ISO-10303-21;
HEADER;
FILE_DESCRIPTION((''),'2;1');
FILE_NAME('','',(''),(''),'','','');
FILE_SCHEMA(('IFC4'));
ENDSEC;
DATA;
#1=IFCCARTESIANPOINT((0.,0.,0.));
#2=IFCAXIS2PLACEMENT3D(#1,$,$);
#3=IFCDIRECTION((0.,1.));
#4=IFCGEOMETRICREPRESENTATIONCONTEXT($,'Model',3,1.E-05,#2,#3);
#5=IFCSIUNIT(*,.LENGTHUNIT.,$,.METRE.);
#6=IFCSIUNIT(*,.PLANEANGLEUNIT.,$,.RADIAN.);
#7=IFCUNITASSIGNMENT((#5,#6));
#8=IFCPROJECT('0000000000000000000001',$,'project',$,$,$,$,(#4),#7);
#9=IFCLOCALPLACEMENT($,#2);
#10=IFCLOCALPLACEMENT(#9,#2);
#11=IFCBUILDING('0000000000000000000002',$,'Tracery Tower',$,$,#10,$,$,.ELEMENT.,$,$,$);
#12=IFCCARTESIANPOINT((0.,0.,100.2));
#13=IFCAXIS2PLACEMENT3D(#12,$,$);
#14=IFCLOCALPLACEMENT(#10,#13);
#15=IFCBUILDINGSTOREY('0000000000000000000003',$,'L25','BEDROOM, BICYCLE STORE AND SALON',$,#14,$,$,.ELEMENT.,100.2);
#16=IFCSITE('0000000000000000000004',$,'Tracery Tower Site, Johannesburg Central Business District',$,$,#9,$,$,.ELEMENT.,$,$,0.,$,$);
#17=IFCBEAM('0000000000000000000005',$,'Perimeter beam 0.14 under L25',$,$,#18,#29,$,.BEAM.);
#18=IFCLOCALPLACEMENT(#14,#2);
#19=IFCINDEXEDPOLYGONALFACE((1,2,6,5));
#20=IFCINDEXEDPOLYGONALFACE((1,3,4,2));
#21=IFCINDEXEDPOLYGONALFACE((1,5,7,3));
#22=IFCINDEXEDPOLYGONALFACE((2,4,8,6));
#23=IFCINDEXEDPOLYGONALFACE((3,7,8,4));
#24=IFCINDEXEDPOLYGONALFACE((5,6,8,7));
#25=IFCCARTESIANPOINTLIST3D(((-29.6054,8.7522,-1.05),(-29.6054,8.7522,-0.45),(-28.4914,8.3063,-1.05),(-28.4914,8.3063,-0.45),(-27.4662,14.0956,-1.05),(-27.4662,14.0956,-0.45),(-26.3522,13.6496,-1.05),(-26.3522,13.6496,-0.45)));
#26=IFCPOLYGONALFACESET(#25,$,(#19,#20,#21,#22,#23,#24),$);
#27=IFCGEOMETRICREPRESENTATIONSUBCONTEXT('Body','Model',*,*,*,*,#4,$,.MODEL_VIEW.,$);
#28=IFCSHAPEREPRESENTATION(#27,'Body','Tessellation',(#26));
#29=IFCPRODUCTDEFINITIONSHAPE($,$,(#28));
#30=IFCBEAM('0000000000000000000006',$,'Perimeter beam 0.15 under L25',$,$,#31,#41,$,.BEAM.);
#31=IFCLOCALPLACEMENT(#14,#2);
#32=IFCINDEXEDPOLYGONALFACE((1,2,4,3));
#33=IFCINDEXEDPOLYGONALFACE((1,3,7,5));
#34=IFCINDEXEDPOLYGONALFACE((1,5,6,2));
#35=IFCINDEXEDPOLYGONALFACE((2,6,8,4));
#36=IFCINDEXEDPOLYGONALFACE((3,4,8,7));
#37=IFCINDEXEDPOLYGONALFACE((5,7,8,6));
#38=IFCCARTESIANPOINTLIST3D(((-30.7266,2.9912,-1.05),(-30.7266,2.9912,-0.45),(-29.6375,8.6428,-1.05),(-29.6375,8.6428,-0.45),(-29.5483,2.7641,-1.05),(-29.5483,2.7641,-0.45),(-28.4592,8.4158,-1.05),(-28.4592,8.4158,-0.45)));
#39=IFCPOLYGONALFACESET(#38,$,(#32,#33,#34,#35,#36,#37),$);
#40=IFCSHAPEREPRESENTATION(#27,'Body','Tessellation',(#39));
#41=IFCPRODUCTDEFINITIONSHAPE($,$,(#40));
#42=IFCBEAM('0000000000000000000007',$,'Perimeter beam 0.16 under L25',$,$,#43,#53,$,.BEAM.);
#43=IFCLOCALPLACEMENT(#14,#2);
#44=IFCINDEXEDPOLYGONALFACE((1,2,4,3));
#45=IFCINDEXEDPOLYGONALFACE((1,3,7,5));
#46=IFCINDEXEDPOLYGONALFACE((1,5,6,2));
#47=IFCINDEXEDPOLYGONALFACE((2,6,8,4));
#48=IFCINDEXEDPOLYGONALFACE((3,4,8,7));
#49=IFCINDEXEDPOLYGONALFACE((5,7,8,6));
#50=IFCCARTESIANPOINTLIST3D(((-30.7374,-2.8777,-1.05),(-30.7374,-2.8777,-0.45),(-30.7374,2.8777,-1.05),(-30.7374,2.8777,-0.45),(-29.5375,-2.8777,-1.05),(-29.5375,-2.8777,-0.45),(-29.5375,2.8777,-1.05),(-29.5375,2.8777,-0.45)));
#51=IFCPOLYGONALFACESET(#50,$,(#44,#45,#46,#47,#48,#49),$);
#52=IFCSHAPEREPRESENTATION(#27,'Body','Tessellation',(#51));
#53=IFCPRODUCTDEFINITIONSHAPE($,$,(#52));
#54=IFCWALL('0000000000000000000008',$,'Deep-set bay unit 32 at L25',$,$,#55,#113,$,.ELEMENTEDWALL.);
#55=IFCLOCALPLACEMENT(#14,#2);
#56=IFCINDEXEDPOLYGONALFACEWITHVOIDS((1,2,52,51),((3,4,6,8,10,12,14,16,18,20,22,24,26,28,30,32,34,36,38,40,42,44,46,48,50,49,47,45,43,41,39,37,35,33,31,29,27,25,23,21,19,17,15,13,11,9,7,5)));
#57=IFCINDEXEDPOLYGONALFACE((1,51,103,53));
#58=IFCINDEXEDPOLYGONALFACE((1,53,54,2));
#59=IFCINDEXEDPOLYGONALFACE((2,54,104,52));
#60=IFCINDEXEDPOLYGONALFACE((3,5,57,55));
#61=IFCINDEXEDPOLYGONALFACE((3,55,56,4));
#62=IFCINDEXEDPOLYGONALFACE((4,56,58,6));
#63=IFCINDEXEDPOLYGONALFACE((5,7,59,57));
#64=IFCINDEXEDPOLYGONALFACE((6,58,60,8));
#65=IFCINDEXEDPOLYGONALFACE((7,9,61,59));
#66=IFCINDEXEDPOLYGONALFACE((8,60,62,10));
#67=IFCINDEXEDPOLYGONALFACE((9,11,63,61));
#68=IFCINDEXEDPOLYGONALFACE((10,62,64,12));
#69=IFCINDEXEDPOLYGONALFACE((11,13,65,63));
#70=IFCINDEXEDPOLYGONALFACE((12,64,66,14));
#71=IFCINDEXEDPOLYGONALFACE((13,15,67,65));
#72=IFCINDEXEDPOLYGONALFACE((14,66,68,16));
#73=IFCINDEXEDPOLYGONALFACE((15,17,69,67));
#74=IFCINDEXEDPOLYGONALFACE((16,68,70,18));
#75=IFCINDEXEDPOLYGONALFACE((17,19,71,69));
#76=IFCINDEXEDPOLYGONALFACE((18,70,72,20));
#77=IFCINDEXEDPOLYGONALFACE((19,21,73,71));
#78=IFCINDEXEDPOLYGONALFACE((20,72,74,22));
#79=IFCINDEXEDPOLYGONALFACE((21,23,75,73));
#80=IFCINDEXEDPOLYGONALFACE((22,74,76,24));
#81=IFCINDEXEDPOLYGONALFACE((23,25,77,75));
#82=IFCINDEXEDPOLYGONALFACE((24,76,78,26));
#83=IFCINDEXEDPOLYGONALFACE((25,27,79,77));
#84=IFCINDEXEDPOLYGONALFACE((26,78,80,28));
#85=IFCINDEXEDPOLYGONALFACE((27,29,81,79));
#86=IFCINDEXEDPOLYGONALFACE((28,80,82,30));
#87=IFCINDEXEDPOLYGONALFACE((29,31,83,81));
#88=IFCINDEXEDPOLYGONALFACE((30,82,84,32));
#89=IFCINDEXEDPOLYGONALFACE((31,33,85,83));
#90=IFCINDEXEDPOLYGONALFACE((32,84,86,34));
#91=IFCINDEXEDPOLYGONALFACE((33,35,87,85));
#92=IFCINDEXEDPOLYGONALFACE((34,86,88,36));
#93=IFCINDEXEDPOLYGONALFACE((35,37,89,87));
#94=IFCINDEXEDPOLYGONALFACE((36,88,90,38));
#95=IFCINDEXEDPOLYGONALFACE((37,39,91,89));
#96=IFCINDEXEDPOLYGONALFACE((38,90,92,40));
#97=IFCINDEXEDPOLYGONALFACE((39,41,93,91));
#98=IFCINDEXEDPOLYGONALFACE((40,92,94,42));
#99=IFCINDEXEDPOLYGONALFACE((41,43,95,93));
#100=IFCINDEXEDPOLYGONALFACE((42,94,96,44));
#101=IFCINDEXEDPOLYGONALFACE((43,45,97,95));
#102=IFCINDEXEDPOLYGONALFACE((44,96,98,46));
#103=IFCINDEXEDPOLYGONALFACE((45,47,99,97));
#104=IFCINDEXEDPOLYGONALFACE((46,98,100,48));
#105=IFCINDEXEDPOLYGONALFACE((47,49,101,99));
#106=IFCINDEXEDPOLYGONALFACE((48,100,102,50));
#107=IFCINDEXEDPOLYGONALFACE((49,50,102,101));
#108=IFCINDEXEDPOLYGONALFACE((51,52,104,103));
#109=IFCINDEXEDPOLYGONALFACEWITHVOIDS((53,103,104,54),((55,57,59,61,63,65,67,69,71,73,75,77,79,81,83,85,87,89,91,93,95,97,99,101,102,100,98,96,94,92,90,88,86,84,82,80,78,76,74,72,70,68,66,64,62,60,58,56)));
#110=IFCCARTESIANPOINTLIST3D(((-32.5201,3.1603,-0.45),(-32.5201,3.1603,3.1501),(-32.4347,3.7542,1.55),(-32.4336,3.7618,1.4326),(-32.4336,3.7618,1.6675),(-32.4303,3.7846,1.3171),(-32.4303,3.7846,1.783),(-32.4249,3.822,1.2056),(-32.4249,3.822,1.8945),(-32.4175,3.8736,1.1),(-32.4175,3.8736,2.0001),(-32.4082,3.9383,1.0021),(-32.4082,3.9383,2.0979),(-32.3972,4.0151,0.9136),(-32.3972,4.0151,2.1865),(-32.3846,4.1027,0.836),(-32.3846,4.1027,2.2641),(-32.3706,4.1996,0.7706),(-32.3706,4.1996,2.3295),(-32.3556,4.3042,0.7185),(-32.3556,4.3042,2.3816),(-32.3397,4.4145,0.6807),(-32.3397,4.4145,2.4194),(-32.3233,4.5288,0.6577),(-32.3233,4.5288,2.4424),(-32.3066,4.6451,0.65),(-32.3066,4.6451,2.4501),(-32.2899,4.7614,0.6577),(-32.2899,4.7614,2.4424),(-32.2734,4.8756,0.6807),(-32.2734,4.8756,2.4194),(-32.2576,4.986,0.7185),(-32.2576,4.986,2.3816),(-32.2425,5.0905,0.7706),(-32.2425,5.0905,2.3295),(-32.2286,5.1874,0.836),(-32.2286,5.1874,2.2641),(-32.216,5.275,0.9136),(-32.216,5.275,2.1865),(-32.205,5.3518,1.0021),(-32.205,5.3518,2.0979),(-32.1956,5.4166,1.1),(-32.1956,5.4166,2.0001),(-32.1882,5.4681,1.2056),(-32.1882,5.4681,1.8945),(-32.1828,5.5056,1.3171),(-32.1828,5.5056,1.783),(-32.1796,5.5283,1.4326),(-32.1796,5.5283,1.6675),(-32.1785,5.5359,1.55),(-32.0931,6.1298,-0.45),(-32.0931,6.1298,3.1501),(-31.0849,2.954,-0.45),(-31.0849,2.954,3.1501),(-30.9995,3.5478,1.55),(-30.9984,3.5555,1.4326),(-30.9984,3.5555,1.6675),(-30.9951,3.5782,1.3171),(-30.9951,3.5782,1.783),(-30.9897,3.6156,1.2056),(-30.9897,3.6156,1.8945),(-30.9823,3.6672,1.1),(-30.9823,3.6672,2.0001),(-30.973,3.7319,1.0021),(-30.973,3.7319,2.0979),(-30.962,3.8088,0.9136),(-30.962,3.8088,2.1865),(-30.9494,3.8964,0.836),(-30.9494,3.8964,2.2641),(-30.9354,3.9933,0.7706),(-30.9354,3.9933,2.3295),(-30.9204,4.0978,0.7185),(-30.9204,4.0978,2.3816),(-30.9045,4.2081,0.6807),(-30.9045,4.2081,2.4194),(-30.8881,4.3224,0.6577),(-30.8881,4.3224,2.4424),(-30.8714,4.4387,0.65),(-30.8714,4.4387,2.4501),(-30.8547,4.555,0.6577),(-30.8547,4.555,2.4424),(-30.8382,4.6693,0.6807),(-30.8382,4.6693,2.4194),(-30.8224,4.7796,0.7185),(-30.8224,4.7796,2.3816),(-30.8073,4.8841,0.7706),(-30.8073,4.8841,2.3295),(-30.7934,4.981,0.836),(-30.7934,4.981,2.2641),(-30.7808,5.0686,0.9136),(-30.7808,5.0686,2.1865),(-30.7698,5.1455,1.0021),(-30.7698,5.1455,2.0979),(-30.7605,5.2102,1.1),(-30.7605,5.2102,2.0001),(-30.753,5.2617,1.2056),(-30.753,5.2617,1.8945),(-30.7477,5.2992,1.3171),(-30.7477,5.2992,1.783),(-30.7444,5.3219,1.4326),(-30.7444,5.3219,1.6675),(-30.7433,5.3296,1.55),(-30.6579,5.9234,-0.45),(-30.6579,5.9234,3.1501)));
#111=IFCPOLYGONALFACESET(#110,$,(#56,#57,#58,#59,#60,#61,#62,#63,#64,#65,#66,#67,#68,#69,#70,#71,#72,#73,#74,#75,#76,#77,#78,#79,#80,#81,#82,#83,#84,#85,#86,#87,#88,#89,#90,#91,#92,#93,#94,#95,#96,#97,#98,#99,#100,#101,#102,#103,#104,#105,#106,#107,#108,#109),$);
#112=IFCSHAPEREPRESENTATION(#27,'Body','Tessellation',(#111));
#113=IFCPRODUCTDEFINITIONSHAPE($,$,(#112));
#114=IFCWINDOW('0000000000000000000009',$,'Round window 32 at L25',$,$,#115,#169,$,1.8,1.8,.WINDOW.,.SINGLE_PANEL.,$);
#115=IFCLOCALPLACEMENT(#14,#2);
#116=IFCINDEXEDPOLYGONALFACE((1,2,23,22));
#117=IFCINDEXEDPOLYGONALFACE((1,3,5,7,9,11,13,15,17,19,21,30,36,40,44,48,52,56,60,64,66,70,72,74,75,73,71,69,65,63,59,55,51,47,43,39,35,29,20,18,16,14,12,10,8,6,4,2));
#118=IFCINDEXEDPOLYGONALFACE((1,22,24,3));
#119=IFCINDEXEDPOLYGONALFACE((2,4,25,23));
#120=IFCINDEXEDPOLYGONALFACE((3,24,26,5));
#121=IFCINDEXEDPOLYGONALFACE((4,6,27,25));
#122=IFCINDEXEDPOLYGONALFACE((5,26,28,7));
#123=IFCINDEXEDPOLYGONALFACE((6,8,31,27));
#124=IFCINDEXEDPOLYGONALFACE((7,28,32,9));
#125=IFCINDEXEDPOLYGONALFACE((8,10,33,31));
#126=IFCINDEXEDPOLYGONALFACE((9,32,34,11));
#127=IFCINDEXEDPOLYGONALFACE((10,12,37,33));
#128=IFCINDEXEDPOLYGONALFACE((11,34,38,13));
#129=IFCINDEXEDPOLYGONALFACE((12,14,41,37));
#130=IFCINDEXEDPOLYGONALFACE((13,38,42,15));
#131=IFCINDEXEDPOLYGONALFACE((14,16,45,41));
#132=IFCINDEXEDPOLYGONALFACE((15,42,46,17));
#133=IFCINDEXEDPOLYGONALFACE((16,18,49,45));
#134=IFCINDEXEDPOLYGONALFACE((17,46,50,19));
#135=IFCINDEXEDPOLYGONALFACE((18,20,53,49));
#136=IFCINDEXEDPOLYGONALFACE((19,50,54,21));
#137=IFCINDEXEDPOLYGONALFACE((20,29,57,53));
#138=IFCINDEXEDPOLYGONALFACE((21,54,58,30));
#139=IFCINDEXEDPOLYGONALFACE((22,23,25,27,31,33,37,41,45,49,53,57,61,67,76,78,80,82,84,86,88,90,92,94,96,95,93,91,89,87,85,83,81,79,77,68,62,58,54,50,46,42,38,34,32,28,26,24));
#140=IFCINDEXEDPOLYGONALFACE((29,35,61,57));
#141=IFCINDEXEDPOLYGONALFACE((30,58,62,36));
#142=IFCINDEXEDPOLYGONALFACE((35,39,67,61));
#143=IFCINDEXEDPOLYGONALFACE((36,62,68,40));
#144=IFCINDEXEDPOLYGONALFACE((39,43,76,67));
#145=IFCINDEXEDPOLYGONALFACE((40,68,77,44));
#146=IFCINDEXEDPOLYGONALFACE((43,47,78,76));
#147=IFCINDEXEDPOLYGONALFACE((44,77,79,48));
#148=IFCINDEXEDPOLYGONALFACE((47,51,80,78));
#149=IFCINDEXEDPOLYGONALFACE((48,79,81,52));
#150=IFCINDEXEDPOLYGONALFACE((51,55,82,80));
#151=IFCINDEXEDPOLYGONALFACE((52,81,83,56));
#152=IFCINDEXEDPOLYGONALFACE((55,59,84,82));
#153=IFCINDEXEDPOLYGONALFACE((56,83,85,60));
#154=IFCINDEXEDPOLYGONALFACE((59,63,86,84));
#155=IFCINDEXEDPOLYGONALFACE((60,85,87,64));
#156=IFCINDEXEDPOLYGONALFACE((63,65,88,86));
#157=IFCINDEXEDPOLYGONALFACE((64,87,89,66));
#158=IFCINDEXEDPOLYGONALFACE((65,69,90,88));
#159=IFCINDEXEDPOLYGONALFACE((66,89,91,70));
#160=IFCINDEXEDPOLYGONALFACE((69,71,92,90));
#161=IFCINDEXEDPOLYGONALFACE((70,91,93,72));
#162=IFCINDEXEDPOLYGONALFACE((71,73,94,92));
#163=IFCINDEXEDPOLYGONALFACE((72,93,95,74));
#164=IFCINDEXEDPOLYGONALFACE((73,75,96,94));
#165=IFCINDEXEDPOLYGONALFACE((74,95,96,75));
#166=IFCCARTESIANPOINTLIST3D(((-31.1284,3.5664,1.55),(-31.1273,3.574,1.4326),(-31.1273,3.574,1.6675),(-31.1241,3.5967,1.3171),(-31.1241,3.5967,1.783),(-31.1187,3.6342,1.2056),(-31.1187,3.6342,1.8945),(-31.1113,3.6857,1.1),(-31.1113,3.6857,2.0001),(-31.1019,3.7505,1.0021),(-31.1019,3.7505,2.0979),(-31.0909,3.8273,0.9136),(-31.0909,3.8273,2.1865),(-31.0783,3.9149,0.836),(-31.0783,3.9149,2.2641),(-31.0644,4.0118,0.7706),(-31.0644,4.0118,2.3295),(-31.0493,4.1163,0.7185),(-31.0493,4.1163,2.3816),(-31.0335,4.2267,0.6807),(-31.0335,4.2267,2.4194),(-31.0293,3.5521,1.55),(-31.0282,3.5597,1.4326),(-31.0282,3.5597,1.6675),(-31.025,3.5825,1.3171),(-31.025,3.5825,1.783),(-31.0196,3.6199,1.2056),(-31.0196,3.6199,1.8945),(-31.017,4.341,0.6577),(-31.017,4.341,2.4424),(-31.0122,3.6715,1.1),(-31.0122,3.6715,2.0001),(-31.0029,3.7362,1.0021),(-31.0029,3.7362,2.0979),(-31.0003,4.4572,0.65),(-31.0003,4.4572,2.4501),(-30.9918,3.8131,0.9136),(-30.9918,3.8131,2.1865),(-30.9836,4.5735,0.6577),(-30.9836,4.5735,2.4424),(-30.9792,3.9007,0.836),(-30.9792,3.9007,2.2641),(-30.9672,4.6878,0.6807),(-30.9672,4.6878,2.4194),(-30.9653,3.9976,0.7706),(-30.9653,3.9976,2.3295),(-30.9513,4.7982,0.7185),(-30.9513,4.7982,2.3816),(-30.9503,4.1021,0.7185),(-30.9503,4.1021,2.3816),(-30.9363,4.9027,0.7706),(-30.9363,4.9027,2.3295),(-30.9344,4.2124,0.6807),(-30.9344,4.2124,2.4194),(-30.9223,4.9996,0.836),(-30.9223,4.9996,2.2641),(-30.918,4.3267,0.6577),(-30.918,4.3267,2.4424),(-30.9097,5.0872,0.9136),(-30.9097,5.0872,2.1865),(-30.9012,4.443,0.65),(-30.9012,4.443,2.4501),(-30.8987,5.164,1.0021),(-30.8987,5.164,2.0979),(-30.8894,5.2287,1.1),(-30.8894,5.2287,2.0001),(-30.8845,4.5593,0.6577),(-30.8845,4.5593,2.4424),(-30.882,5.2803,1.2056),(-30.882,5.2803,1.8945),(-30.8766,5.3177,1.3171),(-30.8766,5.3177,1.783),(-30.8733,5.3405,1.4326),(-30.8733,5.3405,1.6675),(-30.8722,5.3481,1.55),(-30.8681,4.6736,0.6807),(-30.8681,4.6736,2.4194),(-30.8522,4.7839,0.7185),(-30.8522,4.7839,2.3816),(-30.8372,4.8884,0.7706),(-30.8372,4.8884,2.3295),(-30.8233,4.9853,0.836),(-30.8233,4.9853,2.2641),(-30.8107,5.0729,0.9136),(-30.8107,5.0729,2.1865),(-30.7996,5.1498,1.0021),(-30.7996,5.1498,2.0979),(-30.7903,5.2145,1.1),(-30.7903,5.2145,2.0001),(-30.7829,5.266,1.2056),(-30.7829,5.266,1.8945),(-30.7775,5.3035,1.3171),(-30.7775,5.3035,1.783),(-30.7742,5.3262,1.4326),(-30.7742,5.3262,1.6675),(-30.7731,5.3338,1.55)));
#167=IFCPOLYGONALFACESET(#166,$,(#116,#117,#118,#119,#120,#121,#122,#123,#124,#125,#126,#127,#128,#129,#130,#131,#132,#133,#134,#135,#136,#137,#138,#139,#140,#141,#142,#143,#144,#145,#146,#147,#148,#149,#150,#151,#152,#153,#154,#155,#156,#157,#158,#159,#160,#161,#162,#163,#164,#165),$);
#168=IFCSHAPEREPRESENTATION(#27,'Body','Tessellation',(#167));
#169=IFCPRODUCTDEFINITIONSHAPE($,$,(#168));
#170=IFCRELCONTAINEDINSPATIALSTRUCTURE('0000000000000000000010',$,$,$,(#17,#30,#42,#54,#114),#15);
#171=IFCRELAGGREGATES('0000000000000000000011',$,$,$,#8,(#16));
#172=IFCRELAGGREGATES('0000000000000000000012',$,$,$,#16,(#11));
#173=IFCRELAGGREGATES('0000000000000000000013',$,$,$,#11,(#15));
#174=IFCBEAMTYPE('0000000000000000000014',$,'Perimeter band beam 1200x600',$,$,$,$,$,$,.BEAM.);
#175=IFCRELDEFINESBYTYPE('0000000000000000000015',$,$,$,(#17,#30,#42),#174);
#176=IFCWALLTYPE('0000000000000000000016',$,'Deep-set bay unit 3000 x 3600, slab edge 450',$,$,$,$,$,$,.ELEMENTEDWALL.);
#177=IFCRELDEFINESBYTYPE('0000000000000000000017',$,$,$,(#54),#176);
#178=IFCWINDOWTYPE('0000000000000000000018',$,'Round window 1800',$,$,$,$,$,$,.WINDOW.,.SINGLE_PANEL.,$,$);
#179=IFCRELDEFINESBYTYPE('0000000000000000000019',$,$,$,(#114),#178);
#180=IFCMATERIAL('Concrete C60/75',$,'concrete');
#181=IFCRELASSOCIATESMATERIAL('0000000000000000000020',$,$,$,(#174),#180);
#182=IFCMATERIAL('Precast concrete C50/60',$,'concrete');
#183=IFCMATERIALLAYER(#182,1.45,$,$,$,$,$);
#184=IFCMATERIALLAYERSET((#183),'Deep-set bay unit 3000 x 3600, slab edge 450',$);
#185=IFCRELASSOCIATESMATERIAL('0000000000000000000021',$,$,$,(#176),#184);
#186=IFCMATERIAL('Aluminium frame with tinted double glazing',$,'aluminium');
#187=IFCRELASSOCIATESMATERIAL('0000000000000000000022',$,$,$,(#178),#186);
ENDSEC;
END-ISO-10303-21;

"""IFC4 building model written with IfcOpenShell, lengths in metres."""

from ifc_helpers import new_model, si_unit, direction, frame, frame_2d, origin, origin_2d, place, context, subcontext, project, spatial, rectangle, circle, extrude, material, layer, layer_set, material_profile, profile_set, type_object, element, fill, save


model = new_model("IFC4")

# Units and contexts
model_context = context("Model", 3, precision=1e-05, world=origin(), true_north=direction((0.0, 1.0)))
body_context = subcontext(model_context, "Body", "Model", "MODEL_VIEW")
ifc_project = project(units=[si_unit("LENGTHUNIT", "METRE"), si_unit("PLANEANGLEUNIT", "RADIAN")], contexts=[model_context])

# Site, building, storey
site_placement = place(None, origin())
site = spatial("IfcSite", under=ifc_project, at=site_placement, Name="Tracery Tower Site, Johannesburg Central Business District", CompositionType="ELEMENT", RefElevation=0.0)
building_placement = place(site_placement, origin())
building = spatial("IfcBuilding", under=site, at=building_placement, Name="Tracery Tower", CompositionType="ELEMENT")
storey_placement = place(building_placement, frame((0.0, 0.0, 100.2)))
storey = spatial("IfcBuildingStorey", under=building, at=storey_placement, Name="L25", Description="BEDROOM, BICYCLE STORE AND SALON", CompositionType="ELEMENT", Elevation=100.2)

# Beams
ifc_material_1 = material(Name="Concrete C60/75", Category="concrete")
ifc_material_profile_1 = material_profile(ifc_material_1, rectangle(XDim=1.2, YDim=0.6001, at=origin_2d()), Name="RC 1200x600")
ifc_profile_set_1 = profile_set([ifc_material_profile_1], Name="Concrete C60/75")
beam_type_1 = type_object("IfcBeamType", Name="Perimeter band beam 1200x600", PredefinedType="BEAM", material=ifc_profile_set_1)
for number, where, z_axis, x_axis, name in (
    (1, (-26.9092, 13.8726, -0.75), (-0.371669, -0.928365, 0.0), (0.928365, -0.371669, 0.0), "Perimeter beam 0.14 under L25"),
    (2, (-29.0483, 8.5293, -0.75), (-0.189227, -0.981933, 0.0), (0.981933, -0.189227, 0.0), "Perimeter beam 0.15 under L25"),
):
    element("IfcBeam", number, at=place(storey_placement, frame(where, z_axis=z_axis, x_axis=x_axis)), inside=storey, type_object=beam_type_1, Name=name, PredefinedType="BEAM", context=body_context, shape_type="SweptSolid", body=[
        extrude(rectangle(XDim=1.2, YDim=0.6001, at=origin_2d()), origin(), (0.0, 0.0, 1.0), 5.7556),
    ])
beam_1_placement = place(storey_placement, frame((-30.1375, 2.8777, -0.75), z_axis=(0.0, -1.0, 0.0), x_axis=(1.0, 0.0, 0.0)))
element("IfcBeam", 3, at=beam_1_placement, inside=storey, type_object=beam_type_1, Name="Perimeter beam 0.16 under L25", PredefinedType="BEAM", context=body_context, shape_type="SweptSolid", body=[
    extrude(rectangle(XDim=1.2, YDim=0.6001, at=origin_2d()), origin(), (0.0, 0.0, 1.0), 5.7554),
])

# Wall, opening, window
ifc_material_2 = material(Name="Precast concrete C50/60", Category="concrete")
ifc_layer_1 = layer(ifc_material_2, 1.45)
ifc_layer_set_1 = layer_set([ifc_layer_1], Name="Deep-set bay unit 3000 x 3600, slab edge 450")
wall_type_1 = type_object("IfcWallType", Name="Deep-set bay unit 3000 x 3600, slab edge 450", PredefinedType="ELEMENTEDWALL", material=ifc_layer_set_1)
wall_1_placement = place(storey_placement, frame((-31.3755, 6.0266, -0.45), z_axis=(0.0, 0.0, 1.0), x_axis=(-0.142333, -0.989819, 0.0)))
wall_1 = element("IfcWall", 4, at=wall_1_placement, inside=storey, type_object=wall_type_1, Name="Deep-set bay unit 32 at L25", PredefinedType="ELEMENTEDWALL", context=body_context, shape_type="SweptSolid", body=[
    extrude(rectangle(XDim=3.0, YDim=1.45, at=frame_2d((1.5, 0.0))), origin(), (0.0, 0.0, 1.0), 3.6001),
])
opening_1_placement = place(wall_1_placement, frame((1.5, 0.0, 2.0)))
opening_1 = element("IfcOpeningElement", 5, at=opening_1_placement, cuts=wall_1, PredefinedType="OPENING", context=body_context, shape_type="SweptSolid", body=[
    extrude(circle(Radius=0.9, at=origin_2d()), frame((0.0, 0.7349, 0.0), z_axis=(0.0, -1.0, 0.0), x_axis=(1.0, 0.0, 0.0)), (0.0, 0.0, 1.0), 1.47),
])
ifc_material_3 = material(Name="Aluminium frame with tinted double glazing", Category="aluminium")
window_type = type_object("IfcWindowType", Name="Round window 1800", PartitioningType="SINGLE_PANEL", PredefinedType="WINDOW", material=ifc_material_3)
window_1_placement = place(opening_1_placement, origin())
window_1 = element("IfcWindow", 6, at=window_1_placement, inside=storey, type_object=window_type, Name="Round window 32 at L25", OverallHeight=1.8, OverallWidth=1.8, PartitioningType="SINGLE_PANEL", PredefinedType="WINDOW", context=body_context, shape_type="SweptSolid", body=[
    extrude(circle(Radius=0.9, at=origin_2d()), frame((0.0, 0.6948, 0.0), z_axis=(0.0, -1.0, 0.0), x_axis=(1.0, 0.0, 0.0)), (0.0, 0.0, 1.0), 0.1001),
])
fill(opening_1, window_1)

save(model, "model.ifc")
